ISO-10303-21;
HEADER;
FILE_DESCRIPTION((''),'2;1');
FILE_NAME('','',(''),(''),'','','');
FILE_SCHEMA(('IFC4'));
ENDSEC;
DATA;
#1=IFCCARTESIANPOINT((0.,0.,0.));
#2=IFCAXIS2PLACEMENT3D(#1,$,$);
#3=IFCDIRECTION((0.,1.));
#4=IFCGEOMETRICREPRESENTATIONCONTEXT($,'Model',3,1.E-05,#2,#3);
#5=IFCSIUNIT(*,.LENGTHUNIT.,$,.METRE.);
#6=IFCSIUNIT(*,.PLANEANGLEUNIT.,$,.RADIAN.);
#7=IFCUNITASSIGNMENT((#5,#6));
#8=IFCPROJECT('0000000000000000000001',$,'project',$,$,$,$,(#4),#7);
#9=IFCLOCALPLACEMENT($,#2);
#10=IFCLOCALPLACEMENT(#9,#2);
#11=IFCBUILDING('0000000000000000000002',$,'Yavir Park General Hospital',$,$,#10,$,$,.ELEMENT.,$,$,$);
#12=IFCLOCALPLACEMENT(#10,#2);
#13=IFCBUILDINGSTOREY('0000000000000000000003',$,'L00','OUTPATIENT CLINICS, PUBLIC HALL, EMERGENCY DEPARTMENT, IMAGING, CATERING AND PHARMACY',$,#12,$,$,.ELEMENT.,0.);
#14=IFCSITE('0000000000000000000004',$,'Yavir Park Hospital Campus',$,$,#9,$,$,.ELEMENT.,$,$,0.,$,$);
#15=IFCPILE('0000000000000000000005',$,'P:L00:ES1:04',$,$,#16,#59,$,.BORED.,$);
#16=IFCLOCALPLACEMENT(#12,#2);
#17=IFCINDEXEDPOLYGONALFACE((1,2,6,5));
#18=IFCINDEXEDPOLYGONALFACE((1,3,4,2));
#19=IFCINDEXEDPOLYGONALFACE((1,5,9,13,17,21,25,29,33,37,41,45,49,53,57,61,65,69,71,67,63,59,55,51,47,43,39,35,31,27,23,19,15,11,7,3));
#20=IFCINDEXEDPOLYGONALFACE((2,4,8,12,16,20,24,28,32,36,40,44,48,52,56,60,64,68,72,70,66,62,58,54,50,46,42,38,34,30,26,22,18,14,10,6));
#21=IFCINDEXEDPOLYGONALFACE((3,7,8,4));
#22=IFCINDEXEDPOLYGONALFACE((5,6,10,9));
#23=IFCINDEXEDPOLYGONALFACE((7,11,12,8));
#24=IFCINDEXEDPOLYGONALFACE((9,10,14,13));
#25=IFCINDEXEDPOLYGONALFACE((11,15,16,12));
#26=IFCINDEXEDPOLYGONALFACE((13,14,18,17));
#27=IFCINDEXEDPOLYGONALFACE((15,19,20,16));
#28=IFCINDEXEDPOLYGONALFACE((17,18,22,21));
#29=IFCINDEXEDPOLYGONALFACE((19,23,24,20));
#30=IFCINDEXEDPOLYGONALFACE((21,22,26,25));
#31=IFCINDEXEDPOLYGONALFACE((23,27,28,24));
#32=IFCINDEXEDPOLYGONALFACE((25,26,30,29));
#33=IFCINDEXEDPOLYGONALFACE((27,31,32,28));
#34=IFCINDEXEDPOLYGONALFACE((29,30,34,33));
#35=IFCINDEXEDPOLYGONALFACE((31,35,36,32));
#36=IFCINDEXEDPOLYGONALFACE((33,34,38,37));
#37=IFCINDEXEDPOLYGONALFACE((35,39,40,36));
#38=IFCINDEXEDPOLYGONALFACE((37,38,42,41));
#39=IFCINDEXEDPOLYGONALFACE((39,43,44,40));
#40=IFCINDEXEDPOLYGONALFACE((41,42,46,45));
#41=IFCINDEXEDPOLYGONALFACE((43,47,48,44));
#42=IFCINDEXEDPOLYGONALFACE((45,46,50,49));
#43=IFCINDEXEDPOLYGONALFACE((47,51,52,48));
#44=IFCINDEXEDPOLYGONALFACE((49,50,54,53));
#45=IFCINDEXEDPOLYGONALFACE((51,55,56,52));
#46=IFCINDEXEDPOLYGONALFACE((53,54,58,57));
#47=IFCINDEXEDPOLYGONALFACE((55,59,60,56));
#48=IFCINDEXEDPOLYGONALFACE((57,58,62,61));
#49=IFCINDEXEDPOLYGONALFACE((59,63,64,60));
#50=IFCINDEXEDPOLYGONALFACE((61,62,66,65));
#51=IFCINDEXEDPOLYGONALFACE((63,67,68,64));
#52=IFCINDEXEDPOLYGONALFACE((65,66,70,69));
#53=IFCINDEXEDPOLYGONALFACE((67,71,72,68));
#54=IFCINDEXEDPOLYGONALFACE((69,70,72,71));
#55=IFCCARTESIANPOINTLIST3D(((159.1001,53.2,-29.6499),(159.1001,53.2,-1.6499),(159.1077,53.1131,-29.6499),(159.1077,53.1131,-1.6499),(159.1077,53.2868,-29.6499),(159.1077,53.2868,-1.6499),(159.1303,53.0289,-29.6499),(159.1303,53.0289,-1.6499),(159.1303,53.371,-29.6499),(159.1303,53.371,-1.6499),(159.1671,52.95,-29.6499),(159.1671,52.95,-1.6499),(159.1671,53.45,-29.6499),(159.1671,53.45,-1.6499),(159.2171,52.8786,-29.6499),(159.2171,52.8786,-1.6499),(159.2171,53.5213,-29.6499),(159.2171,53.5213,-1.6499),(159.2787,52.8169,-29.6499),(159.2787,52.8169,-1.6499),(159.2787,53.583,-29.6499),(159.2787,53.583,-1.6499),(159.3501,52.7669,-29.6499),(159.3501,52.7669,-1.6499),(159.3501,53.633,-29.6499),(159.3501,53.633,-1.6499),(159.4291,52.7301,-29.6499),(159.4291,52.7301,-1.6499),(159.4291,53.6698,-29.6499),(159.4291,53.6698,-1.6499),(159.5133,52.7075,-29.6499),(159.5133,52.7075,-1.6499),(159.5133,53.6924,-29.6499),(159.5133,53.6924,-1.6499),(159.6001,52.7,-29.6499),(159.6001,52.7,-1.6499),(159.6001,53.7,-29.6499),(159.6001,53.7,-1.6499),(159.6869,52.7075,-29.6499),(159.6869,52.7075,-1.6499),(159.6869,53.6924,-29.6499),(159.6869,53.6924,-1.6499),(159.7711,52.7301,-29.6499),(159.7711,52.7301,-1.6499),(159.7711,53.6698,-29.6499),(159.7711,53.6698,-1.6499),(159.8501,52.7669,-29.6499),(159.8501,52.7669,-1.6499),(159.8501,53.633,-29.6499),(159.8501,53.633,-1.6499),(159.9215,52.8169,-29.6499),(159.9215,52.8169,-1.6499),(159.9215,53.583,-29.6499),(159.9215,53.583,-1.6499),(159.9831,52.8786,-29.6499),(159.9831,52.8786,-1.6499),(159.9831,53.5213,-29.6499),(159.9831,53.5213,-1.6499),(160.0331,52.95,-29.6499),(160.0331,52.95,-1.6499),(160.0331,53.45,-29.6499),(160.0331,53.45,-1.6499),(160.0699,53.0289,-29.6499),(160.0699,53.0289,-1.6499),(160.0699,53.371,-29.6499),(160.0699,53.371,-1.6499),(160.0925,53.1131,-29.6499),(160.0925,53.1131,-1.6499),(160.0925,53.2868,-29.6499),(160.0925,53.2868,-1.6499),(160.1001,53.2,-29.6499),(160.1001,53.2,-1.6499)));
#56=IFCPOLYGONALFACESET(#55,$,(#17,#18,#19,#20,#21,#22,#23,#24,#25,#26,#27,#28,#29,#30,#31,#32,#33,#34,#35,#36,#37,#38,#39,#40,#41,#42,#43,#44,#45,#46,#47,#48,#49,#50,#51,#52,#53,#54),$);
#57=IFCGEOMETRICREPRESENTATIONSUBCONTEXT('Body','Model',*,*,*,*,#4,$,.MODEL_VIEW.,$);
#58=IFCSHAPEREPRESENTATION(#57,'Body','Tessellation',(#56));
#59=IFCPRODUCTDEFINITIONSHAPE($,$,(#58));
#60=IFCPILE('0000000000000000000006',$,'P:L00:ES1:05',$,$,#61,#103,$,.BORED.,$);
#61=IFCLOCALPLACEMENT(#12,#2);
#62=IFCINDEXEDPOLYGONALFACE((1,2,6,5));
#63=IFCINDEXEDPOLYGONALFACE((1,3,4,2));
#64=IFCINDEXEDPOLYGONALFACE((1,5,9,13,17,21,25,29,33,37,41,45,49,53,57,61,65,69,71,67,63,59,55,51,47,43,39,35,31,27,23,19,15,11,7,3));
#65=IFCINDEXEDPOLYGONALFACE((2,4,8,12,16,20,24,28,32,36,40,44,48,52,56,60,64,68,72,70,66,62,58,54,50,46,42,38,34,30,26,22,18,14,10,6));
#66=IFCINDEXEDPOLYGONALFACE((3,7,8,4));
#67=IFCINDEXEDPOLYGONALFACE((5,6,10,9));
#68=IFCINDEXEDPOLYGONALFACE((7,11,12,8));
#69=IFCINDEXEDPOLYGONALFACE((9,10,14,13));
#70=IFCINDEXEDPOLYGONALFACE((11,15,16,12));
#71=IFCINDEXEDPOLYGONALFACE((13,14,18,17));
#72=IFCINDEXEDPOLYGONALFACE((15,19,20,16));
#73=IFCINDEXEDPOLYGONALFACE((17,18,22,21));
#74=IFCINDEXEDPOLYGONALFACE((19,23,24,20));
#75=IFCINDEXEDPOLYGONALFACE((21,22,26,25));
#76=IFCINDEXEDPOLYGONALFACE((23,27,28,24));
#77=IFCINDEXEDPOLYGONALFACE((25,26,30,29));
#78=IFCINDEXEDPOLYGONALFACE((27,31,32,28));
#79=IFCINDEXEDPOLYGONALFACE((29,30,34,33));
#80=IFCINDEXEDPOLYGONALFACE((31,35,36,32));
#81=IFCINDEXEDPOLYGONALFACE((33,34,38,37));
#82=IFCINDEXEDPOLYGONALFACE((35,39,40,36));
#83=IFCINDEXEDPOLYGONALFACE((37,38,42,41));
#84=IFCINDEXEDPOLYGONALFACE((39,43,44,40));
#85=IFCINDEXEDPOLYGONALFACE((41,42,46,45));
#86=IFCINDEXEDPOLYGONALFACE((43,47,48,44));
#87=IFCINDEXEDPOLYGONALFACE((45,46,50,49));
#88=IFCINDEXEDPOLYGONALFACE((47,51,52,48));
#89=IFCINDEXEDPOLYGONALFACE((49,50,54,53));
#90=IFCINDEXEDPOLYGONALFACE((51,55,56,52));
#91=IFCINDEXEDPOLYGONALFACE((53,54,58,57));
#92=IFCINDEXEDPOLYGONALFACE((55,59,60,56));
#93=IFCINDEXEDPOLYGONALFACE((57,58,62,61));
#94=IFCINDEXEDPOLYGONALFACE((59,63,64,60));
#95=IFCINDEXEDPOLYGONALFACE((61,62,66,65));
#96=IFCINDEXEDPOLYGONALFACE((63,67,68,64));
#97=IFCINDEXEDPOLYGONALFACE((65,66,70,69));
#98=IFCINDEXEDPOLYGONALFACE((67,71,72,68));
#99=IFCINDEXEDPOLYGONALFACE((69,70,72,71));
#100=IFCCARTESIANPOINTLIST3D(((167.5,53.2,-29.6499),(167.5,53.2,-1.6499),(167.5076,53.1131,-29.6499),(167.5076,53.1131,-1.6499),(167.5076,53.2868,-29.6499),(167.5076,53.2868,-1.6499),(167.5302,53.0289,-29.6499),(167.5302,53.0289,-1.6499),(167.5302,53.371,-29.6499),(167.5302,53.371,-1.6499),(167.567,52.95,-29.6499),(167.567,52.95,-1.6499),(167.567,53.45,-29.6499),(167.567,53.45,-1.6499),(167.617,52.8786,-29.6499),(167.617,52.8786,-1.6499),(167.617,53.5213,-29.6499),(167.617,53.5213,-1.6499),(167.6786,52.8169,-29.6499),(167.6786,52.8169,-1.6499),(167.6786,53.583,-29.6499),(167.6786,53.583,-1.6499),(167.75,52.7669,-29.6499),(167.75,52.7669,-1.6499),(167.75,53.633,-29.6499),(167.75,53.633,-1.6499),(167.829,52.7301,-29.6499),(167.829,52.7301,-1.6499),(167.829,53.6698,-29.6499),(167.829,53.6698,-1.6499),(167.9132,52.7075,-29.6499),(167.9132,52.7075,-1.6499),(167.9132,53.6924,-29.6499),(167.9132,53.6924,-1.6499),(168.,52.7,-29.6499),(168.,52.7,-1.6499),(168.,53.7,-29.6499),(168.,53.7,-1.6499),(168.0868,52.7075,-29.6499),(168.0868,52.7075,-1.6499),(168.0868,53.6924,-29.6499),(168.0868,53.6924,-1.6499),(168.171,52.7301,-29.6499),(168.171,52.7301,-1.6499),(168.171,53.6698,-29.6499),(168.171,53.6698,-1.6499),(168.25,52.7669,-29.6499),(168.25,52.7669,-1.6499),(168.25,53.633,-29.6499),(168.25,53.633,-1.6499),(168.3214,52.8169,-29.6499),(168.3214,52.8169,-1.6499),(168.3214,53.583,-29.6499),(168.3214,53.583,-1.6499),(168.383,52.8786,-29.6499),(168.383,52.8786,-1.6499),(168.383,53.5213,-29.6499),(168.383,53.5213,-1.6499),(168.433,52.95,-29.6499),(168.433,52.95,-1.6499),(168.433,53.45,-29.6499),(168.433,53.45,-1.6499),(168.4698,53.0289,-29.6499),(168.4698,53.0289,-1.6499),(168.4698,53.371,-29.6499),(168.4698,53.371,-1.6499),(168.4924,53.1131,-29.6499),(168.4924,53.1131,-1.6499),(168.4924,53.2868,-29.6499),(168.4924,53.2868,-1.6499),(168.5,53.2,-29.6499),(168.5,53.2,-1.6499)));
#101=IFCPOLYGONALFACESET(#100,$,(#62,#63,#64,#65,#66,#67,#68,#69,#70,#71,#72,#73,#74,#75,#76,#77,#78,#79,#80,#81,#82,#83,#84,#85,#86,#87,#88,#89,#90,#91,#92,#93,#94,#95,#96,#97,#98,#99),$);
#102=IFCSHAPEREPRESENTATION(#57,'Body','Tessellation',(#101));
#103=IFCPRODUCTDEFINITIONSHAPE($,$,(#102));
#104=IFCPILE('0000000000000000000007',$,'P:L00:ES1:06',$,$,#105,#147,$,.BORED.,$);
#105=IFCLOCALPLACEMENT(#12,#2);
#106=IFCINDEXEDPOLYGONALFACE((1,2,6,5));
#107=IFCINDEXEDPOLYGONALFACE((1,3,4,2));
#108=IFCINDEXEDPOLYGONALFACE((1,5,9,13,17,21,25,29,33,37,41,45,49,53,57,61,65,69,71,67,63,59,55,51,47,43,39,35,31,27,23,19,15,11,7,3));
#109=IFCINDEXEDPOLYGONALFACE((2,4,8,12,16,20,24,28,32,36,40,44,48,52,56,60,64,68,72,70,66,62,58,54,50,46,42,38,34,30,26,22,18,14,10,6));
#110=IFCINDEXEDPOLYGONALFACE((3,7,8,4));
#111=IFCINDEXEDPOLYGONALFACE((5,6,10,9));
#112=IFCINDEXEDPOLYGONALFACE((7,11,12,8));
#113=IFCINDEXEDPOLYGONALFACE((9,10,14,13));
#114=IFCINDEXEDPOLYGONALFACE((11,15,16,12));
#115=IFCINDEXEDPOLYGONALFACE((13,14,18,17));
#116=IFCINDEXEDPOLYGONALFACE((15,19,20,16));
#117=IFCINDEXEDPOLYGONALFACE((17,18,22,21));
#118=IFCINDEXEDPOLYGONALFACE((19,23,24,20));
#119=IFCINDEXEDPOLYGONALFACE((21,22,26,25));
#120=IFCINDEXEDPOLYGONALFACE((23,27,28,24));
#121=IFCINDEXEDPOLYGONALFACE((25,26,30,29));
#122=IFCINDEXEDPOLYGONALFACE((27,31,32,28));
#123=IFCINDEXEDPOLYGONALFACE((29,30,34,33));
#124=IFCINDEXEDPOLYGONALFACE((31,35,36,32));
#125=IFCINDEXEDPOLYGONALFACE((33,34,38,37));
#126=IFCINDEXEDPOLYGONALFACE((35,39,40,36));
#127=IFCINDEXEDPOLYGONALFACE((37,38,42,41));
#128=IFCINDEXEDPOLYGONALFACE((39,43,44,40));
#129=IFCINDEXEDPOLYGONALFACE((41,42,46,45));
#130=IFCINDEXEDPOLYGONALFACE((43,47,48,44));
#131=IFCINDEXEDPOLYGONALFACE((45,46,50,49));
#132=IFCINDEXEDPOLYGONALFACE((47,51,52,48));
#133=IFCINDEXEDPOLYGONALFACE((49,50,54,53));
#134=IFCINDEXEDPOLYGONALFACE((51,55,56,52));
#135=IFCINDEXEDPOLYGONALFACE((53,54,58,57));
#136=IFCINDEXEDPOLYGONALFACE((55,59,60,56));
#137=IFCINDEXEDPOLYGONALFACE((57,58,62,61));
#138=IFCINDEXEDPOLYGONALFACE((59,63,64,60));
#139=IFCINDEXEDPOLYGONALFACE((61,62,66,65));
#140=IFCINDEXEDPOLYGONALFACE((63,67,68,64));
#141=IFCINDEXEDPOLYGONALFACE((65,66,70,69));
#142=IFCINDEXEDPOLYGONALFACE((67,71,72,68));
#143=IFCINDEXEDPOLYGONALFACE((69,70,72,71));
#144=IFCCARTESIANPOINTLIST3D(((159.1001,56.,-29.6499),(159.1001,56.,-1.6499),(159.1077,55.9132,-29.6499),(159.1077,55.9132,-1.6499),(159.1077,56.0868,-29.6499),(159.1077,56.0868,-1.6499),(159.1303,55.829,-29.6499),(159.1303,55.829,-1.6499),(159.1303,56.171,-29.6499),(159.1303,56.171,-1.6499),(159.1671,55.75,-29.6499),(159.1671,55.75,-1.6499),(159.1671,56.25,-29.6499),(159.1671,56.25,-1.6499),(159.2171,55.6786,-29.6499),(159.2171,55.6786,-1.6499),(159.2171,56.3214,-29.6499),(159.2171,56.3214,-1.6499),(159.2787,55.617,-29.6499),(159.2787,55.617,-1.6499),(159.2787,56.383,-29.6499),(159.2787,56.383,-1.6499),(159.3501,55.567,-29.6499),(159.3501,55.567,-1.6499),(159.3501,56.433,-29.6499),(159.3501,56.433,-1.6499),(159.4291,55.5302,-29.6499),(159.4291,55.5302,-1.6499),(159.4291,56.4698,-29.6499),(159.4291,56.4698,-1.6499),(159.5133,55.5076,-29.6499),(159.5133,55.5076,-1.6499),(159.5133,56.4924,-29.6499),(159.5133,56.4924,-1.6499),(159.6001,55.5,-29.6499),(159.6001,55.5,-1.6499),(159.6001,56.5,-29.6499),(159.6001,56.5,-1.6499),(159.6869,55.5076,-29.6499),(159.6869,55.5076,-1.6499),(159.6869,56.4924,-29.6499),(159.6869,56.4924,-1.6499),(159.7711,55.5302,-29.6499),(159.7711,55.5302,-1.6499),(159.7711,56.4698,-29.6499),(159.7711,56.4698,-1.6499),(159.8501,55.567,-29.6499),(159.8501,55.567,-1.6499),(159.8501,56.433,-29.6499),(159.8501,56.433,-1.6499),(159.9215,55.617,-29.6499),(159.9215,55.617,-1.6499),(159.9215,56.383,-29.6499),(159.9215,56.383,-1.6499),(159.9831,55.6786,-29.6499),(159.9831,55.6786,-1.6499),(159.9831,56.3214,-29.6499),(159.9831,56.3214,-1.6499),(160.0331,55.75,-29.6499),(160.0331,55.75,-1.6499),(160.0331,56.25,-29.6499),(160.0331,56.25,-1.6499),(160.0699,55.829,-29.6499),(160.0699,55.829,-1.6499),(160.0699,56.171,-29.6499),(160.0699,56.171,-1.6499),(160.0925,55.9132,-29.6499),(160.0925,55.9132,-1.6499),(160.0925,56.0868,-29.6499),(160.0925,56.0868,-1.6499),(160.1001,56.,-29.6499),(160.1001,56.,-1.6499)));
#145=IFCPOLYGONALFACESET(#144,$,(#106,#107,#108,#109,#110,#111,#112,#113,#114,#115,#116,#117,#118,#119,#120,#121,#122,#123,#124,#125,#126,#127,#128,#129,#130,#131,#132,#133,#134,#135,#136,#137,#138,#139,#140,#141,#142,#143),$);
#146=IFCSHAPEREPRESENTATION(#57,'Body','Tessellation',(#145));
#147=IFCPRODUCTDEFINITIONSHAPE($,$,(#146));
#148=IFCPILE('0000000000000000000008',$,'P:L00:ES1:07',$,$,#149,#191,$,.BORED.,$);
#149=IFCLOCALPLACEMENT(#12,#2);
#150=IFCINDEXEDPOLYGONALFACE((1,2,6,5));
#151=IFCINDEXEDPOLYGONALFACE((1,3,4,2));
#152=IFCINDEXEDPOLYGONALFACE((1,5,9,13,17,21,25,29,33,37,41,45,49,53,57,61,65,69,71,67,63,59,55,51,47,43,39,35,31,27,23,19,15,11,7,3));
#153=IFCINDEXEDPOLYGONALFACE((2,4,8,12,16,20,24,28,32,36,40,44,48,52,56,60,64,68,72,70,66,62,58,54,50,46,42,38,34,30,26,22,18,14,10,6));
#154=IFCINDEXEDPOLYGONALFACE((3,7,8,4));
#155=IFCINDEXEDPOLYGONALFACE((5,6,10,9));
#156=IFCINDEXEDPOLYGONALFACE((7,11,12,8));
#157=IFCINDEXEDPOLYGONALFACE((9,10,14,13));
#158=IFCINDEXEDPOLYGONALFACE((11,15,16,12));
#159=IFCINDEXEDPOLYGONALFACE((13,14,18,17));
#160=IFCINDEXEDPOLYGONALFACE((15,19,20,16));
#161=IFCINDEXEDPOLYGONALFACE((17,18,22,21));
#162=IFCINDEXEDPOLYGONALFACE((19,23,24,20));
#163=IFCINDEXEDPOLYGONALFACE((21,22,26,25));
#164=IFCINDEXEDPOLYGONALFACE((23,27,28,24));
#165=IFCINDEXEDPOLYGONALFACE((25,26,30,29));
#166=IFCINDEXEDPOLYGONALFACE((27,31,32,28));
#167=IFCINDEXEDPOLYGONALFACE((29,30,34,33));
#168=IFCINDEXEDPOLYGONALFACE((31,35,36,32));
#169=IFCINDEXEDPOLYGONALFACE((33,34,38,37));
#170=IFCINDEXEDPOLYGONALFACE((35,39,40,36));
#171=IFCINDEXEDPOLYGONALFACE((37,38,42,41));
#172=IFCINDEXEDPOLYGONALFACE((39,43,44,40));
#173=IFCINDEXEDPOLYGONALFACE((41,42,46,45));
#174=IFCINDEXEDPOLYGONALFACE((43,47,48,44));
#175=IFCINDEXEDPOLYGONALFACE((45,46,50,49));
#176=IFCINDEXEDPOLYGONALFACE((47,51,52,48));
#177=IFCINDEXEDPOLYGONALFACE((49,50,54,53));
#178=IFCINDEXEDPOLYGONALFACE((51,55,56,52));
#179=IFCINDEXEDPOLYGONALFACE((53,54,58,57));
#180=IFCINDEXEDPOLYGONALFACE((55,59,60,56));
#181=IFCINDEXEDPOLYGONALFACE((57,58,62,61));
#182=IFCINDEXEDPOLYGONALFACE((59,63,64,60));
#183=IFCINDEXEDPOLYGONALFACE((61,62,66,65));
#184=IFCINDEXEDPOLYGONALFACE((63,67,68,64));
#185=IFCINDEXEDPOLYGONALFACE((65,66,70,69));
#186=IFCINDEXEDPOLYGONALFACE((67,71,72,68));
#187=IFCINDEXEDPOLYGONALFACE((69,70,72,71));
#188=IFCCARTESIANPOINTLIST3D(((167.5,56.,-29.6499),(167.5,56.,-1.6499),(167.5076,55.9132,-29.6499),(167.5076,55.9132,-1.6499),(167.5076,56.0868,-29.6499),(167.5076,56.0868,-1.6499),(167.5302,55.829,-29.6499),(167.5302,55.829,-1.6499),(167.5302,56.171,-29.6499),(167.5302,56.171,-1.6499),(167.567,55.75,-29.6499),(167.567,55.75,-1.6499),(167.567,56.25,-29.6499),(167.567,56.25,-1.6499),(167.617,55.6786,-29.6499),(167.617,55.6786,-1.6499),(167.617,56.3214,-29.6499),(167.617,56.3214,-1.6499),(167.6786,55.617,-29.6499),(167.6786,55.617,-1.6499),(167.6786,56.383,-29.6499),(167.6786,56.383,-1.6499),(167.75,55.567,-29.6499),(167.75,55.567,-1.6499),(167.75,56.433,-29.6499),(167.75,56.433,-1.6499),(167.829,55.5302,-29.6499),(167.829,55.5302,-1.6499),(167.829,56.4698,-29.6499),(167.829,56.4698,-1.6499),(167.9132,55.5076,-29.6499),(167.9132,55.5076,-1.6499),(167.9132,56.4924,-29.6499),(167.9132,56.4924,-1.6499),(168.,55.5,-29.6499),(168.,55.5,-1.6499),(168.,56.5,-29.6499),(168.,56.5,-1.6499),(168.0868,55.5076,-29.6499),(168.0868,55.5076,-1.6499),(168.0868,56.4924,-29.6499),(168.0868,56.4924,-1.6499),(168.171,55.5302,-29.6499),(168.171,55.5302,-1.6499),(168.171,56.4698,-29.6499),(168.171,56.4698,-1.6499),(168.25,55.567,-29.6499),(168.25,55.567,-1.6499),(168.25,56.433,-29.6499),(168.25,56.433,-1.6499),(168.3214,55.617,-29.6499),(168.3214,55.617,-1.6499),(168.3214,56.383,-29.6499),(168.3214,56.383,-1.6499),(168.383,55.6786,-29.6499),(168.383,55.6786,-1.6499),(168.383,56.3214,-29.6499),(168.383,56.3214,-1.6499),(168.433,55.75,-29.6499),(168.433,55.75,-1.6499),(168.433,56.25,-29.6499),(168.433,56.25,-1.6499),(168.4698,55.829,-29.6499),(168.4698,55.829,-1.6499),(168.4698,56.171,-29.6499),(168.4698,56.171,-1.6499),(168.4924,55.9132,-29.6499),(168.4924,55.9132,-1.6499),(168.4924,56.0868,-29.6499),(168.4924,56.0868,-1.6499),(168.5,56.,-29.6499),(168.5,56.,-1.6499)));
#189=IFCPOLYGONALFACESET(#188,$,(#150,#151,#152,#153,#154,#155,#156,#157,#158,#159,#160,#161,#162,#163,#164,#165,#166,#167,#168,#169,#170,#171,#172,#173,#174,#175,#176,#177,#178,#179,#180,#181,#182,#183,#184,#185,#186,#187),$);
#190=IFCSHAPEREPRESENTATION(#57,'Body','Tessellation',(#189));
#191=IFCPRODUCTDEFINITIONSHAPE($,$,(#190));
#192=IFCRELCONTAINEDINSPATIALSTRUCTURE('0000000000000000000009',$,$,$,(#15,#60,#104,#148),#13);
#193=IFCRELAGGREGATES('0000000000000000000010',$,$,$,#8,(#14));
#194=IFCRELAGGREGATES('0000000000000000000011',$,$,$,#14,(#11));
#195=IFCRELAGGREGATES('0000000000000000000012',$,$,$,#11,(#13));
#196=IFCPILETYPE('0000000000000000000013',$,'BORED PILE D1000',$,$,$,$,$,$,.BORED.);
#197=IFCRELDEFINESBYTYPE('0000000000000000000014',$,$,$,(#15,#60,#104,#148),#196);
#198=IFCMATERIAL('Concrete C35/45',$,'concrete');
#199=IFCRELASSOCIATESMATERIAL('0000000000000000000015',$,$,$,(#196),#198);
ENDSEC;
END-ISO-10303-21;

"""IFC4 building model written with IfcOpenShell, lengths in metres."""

from ifc_helpers import new_model, si_unit, direction, frame, origin, origin_2d, place, context, subcontext, project, spatial, circle, extrude, material, material_profile, profile_set, type_object, element, save


model = new_model("IFC4")

# Units and contexts
model_context = context("Model", 3, precision=1e-05, world=origin(), true_north=direction((0.0, 1.0)))
body_context = subcontext(model_context, "Body", "Model", "MODEL_VIEW")
ifc_project = project(units=[si_unit("LENGTHUNIT", "METRE"), si_unit("PLANEANGLEUNIT", "RADIAN")], contexts=[model_context])

# Site, building, storey
site_placement = place(None, origin())
site = spatial("IfcSite", under=ifc_project, at=site_placement, Name="Yavir Park Hospital Campus", CompositionType="ELEMENT", RefElevation=0.0)
building_placement = place(site_placement, origin())
building = spatial("IfcBuilding", under=site, at=building_placement, Name="Yavir Park General Hospital", CompositionType="ELEMENT")
storey_placement = place(building_placement, origin())
storey = spatial("IfcBuildingStorey", under=building, at=storey_placement, Name="L00", Description="OUTPATIENT CLINICS, PUBLIC HALL, EMERGENCY DEPARTMENT, IMAGING, CATERING AND PHARMACY", CompositionType="ELEMENT", Elevation=0.0)

# Piles
ifc_material_1 = material(Name="Concrete C35/45", Category="concrete")
ifc_material_profile_1 = material_profile(ifc_material_1, circle(Radius=0.5, at=origin_2d()), Name="D1000")
ifc_profile_set_1 = profile_set([ifc_material_profile_1], Name="Concrete C35/45")
pile_type_1 = type_object("IfcPileType", Name="BORED PILE D1000", PredefinedType="BORED", material=ifc_profile_set_1)
for number, where, z_axis, x_axis, name in (
    (1, (159.6001, 53.2, -1.6499), (0.0, 0.0, -1.0), (1.0, 0.0, 0.0), "P:L00:ES1:04"),
    (2, (168.0, 53.2, -1.6499), (0.0, 0.0, -1.0), (1.0, 0.0, 0.0), "P:L00:ES1:05"),
    (3, (159.6001, 56.0, -1.6499), (0.0, 0.0, -1.0), (1.0, 0.0, 0.0), "P:L00:ES1:06"),
    (4, (168.0, 56.0, -1.6499), (0.0, 0.0, -1.0), (1.0, 0.0, 0.0), "P:L00:ES1:07"),
):
    element("IfcPile", number, at=place(storey_placement, frame(where, z_axis=z_axis, x_axis=x_axis)), inside=storey, type_object=pile_type_1, Name=name, PredefinedType="BORED", context=body_context, shape_type="SweptSolid", body=[
        extrude(circle(Radius=0.5, at=origin_2d()), origin(), (0.0, 0.0, 1.0), 28.0),
    ])

save(model, "model.ifc")
